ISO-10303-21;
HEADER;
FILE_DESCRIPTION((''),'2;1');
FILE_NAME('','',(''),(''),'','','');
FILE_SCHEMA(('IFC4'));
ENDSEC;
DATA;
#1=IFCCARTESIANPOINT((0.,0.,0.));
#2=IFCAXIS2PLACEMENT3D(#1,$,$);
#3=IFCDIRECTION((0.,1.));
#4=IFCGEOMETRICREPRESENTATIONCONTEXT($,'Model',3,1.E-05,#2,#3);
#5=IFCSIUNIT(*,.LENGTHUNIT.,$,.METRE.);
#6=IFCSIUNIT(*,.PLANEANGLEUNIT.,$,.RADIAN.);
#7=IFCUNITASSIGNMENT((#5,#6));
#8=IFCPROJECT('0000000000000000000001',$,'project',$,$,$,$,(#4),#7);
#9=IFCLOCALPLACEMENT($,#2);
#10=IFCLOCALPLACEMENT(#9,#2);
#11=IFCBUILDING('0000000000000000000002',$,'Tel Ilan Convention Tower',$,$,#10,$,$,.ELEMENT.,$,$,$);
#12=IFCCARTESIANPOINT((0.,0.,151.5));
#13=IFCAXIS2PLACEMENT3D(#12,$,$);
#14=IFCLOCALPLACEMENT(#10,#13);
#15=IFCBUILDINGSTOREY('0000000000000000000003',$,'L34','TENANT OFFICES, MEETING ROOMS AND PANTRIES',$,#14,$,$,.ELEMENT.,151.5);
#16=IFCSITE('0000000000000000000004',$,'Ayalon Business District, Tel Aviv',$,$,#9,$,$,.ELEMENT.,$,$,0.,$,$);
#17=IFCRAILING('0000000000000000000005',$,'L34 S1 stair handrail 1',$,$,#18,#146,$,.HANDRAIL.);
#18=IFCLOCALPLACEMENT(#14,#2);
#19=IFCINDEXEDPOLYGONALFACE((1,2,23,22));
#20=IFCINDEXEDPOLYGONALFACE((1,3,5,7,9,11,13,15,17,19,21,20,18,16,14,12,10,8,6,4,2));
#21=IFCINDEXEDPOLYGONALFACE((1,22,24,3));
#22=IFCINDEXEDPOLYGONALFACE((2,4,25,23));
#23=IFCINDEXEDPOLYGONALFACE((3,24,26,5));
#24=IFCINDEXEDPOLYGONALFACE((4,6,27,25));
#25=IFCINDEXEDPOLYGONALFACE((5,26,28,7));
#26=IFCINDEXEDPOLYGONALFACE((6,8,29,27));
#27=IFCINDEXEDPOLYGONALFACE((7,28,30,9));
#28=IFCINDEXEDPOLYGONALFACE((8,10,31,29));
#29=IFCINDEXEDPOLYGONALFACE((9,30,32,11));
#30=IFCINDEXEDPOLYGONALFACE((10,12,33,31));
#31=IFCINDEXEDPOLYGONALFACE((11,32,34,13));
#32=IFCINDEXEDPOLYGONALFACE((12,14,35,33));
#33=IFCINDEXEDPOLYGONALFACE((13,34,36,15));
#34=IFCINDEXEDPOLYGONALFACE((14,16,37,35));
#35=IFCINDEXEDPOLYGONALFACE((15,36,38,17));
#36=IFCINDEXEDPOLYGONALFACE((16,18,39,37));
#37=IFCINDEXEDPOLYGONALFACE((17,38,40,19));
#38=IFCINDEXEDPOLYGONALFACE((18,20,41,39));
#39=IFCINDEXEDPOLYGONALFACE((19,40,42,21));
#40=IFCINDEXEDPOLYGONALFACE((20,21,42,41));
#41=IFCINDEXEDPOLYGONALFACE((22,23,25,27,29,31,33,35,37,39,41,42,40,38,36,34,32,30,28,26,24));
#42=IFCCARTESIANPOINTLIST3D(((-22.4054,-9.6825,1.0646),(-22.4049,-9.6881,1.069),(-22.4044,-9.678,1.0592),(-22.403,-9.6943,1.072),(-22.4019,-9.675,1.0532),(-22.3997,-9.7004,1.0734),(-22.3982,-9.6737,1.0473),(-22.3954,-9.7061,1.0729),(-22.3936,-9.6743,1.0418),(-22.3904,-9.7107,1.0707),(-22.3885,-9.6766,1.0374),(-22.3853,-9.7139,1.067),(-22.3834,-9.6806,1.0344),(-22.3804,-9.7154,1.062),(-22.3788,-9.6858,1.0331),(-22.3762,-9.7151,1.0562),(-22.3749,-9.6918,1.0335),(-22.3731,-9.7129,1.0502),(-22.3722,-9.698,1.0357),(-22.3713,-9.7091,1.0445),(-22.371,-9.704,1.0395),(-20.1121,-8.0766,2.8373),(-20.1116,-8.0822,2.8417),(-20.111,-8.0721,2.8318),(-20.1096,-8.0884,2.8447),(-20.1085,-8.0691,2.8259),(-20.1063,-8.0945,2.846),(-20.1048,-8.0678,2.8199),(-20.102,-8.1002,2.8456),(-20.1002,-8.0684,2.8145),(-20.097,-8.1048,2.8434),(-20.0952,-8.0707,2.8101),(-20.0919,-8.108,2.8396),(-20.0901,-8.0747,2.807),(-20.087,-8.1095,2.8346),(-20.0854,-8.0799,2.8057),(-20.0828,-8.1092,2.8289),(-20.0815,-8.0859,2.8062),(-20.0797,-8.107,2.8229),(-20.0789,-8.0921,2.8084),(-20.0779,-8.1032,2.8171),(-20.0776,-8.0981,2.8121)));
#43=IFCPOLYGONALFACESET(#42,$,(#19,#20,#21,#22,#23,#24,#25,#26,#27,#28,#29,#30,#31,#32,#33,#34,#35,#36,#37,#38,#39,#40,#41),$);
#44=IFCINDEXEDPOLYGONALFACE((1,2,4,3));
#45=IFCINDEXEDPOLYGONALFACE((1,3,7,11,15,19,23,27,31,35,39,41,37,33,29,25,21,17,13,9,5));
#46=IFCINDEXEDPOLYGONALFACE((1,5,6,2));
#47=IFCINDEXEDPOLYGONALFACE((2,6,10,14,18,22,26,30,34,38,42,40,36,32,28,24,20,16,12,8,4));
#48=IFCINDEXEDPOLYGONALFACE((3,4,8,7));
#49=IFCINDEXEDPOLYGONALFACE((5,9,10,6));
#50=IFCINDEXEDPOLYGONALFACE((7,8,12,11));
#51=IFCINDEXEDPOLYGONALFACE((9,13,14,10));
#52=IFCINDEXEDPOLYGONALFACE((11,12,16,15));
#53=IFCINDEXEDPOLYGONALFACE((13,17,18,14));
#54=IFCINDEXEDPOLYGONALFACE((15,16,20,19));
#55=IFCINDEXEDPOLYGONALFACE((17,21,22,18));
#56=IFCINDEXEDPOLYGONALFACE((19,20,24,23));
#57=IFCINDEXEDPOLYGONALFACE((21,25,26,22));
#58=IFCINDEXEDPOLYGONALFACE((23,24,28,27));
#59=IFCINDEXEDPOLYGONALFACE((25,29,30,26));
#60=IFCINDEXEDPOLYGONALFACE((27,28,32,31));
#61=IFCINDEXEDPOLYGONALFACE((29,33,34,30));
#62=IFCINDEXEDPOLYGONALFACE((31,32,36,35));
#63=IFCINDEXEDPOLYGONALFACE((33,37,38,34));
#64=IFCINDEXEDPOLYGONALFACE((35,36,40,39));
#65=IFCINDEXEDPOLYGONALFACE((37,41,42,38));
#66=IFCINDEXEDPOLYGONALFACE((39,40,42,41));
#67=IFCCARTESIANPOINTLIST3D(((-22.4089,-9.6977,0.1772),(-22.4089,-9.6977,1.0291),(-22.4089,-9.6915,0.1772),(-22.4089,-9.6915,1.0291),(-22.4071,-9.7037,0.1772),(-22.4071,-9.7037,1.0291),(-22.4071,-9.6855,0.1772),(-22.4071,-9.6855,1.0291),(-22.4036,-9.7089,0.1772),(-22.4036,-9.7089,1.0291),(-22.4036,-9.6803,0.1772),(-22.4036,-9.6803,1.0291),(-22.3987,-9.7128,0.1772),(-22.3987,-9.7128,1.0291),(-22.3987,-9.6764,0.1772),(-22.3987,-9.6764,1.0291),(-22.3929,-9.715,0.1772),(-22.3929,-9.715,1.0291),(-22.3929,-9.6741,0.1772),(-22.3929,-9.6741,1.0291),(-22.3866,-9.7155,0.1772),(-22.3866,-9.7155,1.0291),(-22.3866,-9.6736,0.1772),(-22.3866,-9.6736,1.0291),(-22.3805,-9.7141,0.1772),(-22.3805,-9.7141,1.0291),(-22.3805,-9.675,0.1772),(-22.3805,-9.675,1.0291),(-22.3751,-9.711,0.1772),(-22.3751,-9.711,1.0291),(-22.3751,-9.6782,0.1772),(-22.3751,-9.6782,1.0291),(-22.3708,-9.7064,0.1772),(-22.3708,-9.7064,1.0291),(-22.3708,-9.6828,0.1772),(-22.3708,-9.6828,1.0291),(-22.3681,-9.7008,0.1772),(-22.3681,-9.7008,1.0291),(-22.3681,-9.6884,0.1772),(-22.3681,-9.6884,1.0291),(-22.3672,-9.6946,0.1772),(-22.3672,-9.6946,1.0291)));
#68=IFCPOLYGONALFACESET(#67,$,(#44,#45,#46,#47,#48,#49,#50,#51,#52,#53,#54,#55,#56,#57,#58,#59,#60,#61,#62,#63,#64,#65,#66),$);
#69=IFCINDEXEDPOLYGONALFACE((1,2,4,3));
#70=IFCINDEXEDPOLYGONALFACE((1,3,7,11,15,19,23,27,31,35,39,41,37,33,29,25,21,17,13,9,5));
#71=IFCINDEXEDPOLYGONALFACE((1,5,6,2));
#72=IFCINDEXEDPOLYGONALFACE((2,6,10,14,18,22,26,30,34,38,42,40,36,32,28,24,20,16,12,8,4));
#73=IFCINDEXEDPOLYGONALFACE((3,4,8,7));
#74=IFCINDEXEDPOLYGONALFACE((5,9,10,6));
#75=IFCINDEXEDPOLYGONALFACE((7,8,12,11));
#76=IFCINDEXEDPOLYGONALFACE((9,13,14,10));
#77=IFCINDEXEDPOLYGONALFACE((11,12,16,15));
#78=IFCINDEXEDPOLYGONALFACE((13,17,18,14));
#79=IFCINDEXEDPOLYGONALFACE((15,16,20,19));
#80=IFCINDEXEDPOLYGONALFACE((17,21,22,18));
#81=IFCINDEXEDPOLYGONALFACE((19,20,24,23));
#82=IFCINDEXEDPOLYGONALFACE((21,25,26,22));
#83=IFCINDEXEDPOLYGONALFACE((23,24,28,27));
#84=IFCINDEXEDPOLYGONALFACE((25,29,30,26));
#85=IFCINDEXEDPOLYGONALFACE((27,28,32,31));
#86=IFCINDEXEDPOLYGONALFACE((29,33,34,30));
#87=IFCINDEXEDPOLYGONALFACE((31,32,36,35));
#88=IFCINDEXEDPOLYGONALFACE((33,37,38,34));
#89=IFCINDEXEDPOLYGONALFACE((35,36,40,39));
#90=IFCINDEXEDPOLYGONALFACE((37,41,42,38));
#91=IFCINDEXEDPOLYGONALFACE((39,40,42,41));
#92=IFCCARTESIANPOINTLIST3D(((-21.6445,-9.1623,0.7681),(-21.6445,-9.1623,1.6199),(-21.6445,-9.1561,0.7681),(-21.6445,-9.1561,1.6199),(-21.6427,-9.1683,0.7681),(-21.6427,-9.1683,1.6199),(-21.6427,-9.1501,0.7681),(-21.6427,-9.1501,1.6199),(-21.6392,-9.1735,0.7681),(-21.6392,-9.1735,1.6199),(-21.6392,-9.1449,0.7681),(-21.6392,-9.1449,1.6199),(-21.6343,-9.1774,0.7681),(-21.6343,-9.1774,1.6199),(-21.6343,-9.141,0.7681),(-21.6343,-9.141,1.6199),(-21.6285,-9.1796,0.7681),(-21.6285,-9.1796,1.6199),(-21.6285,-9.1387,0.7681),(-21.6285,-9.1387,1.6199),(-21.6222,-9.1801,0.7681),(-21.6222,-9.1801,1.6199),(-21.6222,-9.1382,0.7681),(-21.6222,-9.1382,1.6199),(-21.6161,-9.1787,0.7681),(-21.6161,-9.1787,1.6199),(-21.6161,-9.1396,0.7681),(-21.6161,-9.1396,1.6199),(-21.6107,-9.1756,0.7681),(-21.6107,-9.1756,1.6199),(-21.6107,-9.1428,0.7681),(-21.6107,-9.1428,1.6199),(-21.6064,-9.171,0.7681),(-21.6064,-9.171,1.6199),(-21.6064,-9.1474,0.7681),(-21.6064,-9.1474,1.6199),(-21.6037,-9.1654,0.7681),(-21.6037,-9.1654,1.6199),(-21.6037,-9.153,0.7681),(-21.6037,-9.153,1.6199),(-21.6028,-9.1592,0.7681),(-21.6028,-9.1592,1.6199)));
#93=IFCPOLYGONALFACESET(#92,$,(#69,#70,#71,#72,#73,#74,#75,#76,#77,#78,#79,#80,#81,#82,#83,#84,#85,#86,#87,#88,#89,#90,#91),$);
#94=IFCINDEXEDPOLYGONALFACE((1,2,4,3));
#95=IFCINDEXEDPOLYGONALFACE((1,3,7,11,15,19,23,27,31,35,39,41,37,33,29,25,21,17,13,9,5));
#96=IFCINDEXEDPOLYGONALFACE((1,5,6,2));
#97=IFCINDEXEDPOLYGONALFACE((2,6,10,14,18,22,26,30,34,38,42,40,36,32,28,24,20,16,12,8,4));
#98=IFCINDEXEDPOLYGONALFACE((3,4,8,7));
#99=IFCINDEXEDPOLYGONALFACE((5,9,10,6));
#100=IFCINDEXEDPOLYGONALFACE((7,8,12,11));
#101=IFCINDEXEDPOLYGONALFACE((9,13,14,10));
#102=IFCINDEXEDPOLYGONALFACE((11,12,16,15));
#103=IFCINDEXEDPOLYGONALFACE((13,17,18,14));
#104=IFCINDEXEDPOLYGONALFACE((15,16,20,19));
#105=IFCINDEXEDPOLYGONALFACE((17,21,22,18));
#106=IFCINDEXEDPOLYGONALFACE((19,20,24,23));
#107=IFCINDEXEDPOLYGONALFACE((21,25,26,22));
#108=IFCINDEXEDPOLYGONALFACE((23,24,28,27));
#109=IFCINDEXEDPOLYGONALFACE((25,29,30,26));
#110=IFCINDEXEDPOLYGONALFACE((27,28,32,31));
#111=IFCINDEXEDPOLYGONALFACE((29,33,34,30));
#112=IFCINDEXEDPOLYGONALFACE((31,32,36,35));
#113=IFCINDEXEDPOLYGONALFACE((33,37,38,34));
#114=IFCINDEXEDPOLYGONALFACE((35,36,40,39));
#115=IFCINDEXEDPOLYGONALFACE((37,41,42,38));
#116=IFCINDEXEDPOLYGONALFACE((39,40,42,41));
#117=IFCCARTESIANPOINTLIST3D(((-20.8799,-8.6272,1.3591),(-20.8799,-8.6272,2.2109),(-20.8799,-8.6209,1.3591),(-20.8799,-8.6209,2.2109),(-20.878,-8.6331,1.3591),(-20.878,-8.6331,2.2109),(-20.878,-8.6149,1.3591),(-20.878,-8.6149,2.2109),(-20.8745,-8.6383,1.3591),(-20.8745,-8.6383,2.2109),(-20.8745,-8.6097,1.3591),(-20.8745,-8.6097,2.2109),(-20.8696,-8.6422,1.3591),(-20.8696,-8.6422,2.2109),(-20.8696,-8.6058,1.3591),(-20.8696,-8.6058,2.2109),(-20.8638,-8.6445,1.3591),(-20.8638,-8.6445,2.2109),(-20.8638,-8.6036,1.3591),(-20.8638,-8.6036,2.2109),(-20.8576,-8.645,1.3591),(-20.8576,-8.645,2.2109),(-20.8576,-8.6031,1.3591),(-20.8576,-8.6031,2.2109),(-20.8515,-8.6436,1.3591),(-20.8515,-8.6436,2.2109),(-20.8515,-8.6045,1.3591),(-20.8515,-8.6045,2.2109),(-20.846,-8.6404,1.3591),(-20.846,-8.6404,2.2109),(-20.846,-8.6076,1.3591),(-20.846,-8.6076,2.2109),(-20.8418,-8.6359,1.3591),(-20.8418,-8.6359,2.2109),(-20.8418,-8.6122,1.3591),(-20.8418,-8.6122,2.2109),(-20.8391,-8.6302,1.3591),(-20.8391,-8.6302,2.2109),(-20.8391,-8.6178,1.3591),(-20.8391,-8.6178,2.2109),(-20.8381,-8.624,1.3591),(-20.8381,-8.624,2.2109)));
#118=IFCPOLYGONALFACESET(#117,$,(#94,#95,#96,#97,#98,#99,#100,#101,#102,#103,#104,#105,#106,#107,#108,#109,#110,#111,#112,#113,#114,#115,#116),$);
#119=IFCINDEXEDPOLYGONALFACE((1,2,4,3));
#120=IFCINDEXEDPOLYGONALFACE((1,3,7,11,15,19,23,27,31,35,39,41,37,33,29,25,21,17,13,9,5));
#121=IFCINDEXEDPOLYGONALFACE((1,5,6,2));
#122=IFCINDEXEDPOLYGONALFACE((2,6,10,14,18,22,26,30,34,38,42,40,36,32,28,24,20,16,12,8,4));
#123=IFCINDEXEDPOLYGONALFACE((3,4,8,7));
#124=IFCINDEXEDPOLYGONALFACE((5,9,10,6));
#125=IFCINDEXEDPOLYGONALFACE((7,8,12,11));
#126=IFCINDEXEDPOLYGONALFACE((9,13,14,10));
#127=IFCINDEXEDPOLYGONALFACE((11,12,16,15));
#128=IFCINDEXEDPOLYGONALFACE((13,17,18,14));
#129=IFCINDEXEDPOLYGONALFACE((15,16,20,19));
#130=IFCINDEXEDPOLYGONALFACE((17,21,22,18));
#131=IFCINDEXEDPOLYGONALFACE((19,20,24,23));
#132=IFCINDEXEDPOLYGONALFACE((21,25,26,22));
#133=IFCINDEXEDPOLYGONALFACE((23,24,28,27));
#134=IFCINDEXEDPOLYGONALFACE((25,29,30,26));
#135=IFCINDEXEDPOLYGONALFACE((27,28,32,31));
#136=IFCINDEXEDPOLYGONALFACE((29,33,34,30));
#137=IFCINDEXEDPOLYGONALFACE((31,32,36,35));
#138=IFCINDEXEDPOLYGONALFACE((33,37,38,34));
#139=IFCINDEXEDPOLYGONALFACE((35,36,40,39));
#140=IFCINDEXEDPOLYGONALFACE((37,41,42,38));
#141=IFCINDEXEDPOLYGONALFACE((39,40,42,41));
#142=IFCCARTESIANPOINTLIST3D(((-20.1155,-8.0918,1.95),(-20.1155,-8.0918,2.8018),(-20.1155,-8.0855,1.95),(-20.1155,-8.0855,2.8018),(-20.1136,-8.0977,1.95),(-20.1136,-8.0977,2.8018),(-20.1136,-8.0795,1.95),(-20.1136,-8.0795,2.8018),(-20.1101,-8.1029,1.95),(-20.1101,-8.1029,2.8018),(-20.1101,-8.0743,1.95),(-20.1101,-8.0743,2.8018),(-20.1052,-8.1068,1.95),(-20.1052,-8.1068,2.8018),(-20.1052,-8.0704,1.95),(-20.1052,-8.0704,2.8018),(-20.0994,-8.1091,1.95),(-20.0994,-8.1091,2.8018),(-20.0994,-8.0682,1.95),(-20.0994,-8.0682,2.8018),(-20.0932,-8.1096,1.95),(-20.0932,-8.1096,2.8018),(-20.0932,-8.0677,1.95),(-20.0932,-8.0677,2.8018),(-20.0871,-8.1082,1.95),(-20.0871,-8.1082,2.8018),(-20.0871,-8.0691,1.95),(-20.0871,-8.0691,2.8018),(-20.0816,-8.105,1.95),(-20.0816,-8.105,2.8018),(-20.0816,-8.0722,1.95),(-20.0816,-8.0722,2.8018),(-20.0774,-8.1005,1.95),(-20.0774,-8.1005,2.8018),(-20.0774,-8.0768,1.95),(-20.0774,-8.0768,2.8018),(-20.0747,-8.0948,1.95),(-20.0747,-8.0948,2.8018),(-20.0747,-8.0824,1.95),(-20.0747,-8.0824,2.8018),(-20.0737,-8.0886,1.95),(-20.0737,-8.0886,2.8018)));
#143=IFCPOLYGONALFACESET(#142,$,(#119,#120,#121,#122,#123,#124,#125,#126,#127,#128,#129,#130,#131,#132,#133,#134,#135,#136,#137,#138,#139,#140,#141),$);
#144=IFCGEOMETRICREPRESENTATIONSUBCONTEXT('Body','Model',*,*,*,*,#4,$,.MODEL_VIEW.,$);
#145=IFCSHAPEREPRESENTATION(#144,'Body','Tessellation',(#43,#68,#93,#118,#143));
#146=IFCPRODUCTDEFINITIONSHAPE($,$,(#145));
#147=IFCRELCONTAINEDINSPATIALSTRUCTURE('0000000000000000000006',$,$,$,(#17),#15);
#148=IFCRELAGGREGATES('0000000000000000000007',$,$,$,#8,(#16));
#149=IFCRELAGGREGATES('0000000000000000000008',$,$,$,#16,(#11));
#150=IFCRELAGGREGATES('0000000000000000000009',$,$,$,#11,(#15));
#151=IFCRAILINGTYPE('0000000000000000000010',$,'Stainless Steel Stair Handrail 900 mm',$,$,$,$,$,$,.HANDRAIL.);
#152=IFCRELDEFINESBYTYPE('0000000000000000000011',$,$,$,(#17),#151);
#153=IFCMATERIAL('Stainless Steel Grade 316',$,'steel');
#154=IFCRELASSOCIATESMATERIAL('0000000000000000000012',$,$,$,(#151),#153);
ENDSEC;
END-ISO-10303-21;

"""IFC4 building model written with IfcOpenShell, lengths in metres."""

from ifc_helpers import new_model, si_unit, direction, frame, origin, origin_2d, place, context, subcontext, project, spatial, circle, extrude, material, type_object, element, save


model = new_model("IFC4")

# Units and contexts
model_context = context("Model", 3, precision=1e-05, world=origin(), true_north=direction((0.0, 1.0)))
body_context = subcontext(model_context, "Body", "Model", "MODEL_VIEW")
ifc_project = project(units=[si_unit("LENGTHUNIT", "METRE"), si_unit("PLANEANGLEUNIT", "RADIAN")], contexts=[model_context])

# Site, building, storey
site_placement = place(None, origin())
site = spatial("IfcSite", under=ifc_project, at=site_placement, Name="Ayalon Business District, Tel Aviv", CompositionType="ELEMENT", RefElevation=0.0)
building_placement = place(site_placement, origin())
building = spatial("IfcBuilding", under=site, at=building_placement, Name="Tel Ilan Convention Tower", CompositionType="ELEMENT")
storey_placement = place(building_placement, frame((0.0, 0.0, 151.5)))
storey = spatial("IfcBuildingStorey", under=building, at=storey_placement, Name="L34", Description="TENANT OFFICES, MEETING ROOMS AND PANTRIES", CompositionType="ELEMENT", Elevation=151.5)

# Railing
ifc_material_1 = material(Name="Stainless Steel Grade 316", Category="steel")
railing_type_1 = type_object("IfcRailingType", Name="Stainless Steel Stair Handrail 900 mm", PredefinedType="HANDRAIL", material=ifc_material_1)
railing_1_placement = place(storey_placement, frame((-22.3882, -9.6946, 0.1772)))
element("IfcRailing", 1, at=railing_1_placement, inside=storey, type_object=railing_type_1, Name="L34 S1 stair handrail 1", PredefinedType="HANDRAIL", context=body_context, shape_type="SweptSolid", body=[
    extrude(circle(Radius=0.0239, at=origin_2d()), frame((0.0, 0.0, 0.876), z_axis=(0.692085, 0.484621, 0.53494), x_axis=(-0.573591, 0.819142, 0.0)), (0.0, 0.0, 1.0), 3.3137),
    extrude(circle(Radius=0.021, at=origin_2d()), origin(), (0.0, 0.0, 1.0), 0.8518),
    extrude(circle(Radius=0.021, at=origin_2d()), frame((0.7644, 0.5354, 0.5908)), (0.0, 0.0, 1.0), 0.8518),
    extrude(circle(Radius=0.021, at=origin_2d()), frame((1.5291, 1.0706, 1.1819)), (0.0, 0.0, 1.0), 0.8518),
    extrude(circle(Radius=0.021, at=origin_2d()), frame((2.2935, 1.606, 1.7727)), (0.0, 0.0, 1.0), 0.8518),
])

save(model, "model.ifc")
